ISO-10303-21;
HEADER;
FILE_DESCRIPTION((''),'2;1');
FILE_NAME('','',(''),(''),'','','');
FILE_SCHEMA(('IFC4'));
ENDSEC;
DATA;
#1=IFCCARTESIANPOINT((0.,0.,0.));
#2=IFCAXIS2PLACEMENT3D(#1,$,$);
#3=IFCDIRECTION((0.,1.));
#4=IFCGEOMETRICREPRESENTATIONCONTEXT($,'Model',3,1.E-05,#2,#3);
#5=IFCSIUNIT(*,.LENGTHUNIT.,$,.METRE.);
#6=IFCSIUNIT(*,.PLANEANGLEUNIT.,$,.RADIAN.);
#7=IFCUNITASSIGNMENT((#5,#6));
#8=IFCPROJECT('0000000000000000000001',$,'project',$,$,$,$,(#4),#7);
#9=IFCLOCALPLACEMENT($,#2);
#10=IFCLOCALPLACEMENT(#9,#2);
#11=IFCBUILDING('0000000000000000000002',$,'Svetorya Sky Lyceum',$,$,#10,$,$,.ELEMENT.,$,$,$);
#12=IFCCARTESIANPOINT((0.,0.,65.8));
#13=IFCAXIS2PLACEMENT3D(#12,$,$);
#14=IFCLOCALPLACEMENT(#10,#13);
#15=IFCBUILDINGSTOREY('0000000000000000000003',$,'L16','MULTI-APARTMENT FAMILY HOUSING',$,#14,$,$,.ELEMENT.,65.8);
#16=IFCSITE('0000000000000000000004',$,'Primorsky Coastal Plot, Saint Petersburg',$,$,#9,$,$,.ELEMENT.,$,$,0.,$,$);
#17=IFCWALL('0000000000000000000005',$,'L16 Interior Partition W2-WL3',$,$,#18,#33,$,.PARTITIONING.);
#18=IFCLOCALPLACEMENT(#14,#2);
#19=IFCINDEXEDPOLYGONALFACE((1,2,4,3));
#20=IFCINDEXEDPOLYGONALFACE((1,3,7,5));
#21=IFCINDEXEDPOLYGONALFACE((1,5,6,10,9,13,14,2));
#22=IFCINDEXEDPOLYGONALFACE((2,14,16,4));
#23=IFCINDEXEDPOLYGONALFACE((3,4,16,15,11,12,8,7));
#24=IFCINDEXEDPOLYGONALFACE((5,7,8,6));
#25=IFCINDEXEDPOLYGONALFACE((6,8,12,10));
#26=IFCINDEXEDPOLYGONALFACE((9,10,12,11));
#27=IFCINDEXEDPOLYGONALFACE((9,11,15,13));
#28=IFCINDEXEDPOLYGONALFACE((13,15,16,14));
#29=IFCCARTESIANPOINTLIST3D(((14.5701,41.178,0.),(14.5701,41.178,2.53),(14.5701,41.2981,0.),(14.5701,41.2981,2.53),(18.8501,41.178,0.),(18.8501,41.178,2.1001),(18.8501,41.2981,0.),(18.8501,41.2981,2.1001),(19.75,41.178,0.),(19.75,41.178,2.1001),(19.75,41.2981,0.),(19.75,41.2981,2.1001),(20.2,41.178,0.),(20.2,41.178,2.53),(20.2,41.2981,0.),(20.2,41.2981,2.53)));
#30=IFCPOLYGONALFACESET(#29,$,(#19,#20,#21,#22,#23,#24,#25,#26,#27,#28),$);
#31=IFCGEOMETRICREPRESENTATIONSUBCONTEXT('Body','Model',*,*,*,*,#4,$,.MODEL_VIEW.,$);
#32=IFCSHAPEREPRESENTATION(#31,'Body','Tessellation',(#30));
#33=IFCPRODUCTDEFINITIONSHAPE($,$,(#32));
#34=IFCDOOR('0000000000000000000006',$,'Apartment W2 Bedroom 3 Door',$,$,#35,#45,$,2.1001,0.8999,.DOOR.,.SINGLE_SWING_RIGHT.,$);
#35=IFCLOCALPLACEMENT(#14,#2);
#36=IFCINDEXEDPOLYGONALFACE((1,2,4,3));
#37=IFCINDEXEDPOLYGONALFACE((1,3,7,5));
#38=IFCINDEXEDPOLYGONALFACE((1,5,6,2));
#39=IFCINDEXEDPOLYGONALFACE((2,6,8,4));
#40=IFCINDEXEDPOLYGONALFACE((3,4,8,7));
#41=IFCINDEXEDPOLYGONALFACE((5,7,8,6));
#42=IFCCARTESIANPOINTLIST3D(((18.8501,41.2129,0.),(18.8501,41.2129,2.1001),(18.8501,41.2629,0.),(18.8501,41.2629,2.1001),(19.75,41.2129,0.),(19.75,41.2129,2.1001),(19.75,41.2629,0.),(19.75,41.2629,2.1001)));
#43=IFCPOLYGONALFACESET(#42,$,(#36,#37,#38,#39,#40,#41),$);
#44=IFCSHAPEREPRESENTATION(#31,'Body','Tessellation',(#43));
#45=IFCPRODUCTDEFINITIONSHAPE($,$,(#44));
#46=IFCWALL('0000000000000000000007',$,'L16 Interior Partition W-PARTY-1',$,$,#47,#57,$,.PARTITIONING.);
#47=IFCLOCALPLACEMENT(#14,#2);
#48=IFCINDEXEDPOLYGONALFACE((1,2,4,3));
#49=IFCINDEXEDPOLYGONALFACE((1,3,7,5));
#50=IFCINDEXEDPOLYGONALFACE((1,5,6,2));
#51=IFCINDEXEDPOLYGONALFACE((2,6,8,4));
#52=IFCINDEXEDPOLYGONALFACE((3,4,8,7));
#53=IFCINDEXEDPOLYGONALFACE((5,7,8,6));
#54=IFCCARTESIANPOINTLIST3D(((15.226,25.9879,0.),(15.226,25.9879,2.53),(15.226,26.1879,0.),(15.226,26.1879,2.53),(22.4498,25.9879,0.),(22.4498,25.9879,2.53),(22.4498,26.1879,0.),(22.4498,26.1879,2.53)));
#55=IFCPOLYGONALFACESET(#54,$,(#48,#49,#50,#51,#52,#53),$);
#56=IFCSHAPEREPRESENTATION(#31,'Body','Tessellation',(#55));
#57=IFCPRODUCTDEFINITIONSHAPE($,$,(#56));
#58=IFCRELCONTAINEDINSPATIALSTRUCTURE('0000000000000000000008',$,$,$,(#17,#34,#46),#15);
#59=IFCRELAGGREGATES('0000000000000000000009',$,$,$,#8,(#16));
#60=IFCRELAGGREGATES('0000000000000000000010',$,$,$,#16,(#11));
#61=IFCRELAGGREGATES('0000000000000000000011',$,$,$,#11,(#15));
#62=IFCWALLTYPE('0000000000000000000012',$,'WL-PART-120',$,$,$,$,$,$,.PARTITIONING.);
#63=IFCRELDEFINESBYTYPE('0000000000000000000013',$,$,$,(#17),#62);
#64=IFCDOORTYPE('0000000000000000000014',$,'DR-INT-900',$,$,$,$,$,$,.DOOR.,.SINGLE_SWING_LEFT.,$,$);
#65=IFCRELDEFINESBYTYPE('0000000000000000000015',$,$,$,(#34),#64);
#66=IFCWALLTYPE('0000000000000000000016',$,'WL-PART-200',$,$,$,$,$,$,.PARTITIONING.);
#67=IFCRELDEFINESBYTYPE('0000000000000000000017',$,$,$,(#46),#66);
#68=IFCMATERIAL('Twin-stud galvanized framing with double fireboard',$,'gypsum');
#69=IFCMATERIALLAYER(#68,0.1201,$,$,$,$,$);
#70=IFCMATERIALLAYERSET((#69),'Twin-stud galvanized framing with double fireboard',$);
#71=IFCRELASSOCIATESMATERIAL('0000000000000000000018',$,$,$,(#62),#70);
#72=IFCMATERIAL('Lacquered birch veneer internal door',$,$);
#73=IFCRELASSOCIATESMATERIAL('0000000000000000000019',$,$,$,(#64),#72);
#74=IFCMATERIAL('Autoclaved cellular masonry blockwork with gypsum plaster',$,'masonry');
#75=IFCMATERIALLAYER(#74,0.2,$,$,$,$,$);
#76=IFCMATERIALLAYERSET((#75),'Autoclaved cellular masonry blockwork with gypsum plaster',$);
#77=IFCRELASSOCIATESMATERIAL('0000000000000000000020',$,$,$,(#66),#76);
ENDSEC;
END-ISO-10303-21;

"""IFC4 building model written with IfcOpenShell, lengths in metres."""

from ifc_helpers import new_model, si_unit, direction, frame, frame_2d, origin, place, context, subcontext, project, spatial, rectangle, extrude, material, layer, layer_set, type_object, element, fill, save


model = new_model("IFC4")

# Units and contexts
model_context = context("Model", 3, precision=1e-05, world=origin(), true_north=direction((0.0, 1.0)))
body_context = subcontext(model_context, "Body", "Model", "MODEL_VIEW")
ifc_project = project(units=[si_unit("LENGTHUNIT", "METRE"), si_unit("PLANEANGLEUNIT", "RADIAN")], contexts=[model_context])

# Site, building, storey
site_placement = place(None, origin())
site = spatial("IfcSite", under=ifc_project, at=site_placement, Name="Primorsky Coastal Plot, Saint Petersburg", CompositionType="ELEMENT", RefElevation=0.0)
building_placement = place(site_placement, origin())
building = spatial("IfcBuilding", under=site, at=building_placement, Name="Svetorya Sky Lyceum", CompositionType="ELEMENT")
storey_placement = place(building_placement, frame((0.0, 0.0, 65.8)))
storey = spatial("IfcBuildingStorey", under=building, at=storey_placement, Name="L16", Description="MULTI-APARTMENT FAMILY HOUSING", CompositionType="ELEMENT", Elevation=65.8)

# Wall, opening, door
ifc_material_1 = material(Name="Twin-stud galvanized framing with double fireboard", Category="gypsum")
ifc_layer_1 = layer(ifc_material_1, 0.1201)
ifc_layer_set_1 = layer_set([ifc_layer_1], Name="Twin-stud galvanized framing with double fireboard")
wall_type_1 = type_object("IfcWallType", Name="WL-PART-120", PredefinedType="PARTITIONING", material=ifc_layer_set_1)
ifc_material_2 = material(Name="Lacquered birch veneer internal door")
door_type_1 = type_object("IfcDoorType", Name="DR-INT-900", OperationType="SINGLE_SWING_LEFT", PredefinedType="DOOR", material=ifc_material_2)
wall_1_placement = place(storey_placement, frame((14.5701, 41.238, 0.0), z_axis=(0.0, 0.0, 1.0), x_axis=(1.0, 0.0, 0.0)))
wall_1 = element("IfcWall", 1, at=wall_1_placement, inside=storey, type_object=wall_type_1, Name="L16 Interior Partition W2-WL3", PredefinedType="PARTITIONING", context=body_context, shape_type="SweptSolid", body=[
    extrude(rectangle(XDim=5.6299, YDim=0.1201, at=frame_2d((2.8149, 0.0))), origin(), (0.0, 0.0, 1.0), 2.53),
])
opening_1_placement = place(wall_1_placement, frame((4.28, 0.0, 0.0)))
opening_1 = element("IfcOpeningElement", 2, at=opening_1_placement, cuts=wall_1, PredefinedType="OPENING", context=body_context, shape_type="SweptSolid", body=[
    extrude(rectangle(XDim=0.8999, YDim=2.1001, at=frame_2d((0.45, 1.05))), frame((0.0, 0.0701, 0.0), z_axis=(0.0, -1.0, 0.0), x_axis=(1.0, 0.0, 0.0)), (0.0, 0.0, 1.0), 0.1401),
])
door_1_placement = place(opening_1_placement, origin())
door_1 = element("IfcDoor", 3, at=door_1_placement, inside=storey, type_object=door_type_1, Name="Apartment W2 Bedroom 3 Door", OperationType="SINGLE_SWING_RIGHT", OverallHeight=2.1001, OverallWidth=0.8999, PredefinedType="DOOR", context=body_context, shape_type="SweptSolid", body=[
    extrude(rectangle(XDim=0.8999, YDim=2.1001, at=frame_2d((0.45, 1.05))), frame((0.0, 0.0249, 0.0), z_axis=(0.0, -1.0, 0.0), x_axis=(1.0, 0.0, 0.0)), (0.0, 0.0, 1.0), 0.05),
])
fill(opening_1, door_1)

# Wall
ifc_material_3 = material(Name="Autoclaved cellular masonry blockwork with gypsum plaster", Category="masonry")
ifc_layer_2 = layer(ifc_material_3, 0.2)
ifc_layer_set_2 = layer_set([ifc_layer_2], Name="Autoclaved cellular masonry blockwork with gypsum plaster")
wall_type_2 = type_object("IfcWallType", Name="WL-PART-200", PredefinedType="PARTITIONING", material=ifc_layer_set_2)
wall_2_placement = place(storey_placement, frame((15.2261, 26.0879, 0.0), z_axis=(0.0, 0.0, 1.0), x_axis=(1.0, 0.0, 0.0)))
element("IfcWall", 4, at=wall_2_placement, inside=storey, type_object=wall_type_2, Name="L16 Interior Partition W-PARTY-1", PredefinedType="PARTITIONING", context=body_context, shape_type="SweptSolid", body=[
    extrude(rectangle(XDim=7.2239, YDim=0.2, at=frame_2d((3.6118, 0.0))), origin(), (0.0, 0.0, 1.0), 2.53),
])

save(model, "model.ifc")
